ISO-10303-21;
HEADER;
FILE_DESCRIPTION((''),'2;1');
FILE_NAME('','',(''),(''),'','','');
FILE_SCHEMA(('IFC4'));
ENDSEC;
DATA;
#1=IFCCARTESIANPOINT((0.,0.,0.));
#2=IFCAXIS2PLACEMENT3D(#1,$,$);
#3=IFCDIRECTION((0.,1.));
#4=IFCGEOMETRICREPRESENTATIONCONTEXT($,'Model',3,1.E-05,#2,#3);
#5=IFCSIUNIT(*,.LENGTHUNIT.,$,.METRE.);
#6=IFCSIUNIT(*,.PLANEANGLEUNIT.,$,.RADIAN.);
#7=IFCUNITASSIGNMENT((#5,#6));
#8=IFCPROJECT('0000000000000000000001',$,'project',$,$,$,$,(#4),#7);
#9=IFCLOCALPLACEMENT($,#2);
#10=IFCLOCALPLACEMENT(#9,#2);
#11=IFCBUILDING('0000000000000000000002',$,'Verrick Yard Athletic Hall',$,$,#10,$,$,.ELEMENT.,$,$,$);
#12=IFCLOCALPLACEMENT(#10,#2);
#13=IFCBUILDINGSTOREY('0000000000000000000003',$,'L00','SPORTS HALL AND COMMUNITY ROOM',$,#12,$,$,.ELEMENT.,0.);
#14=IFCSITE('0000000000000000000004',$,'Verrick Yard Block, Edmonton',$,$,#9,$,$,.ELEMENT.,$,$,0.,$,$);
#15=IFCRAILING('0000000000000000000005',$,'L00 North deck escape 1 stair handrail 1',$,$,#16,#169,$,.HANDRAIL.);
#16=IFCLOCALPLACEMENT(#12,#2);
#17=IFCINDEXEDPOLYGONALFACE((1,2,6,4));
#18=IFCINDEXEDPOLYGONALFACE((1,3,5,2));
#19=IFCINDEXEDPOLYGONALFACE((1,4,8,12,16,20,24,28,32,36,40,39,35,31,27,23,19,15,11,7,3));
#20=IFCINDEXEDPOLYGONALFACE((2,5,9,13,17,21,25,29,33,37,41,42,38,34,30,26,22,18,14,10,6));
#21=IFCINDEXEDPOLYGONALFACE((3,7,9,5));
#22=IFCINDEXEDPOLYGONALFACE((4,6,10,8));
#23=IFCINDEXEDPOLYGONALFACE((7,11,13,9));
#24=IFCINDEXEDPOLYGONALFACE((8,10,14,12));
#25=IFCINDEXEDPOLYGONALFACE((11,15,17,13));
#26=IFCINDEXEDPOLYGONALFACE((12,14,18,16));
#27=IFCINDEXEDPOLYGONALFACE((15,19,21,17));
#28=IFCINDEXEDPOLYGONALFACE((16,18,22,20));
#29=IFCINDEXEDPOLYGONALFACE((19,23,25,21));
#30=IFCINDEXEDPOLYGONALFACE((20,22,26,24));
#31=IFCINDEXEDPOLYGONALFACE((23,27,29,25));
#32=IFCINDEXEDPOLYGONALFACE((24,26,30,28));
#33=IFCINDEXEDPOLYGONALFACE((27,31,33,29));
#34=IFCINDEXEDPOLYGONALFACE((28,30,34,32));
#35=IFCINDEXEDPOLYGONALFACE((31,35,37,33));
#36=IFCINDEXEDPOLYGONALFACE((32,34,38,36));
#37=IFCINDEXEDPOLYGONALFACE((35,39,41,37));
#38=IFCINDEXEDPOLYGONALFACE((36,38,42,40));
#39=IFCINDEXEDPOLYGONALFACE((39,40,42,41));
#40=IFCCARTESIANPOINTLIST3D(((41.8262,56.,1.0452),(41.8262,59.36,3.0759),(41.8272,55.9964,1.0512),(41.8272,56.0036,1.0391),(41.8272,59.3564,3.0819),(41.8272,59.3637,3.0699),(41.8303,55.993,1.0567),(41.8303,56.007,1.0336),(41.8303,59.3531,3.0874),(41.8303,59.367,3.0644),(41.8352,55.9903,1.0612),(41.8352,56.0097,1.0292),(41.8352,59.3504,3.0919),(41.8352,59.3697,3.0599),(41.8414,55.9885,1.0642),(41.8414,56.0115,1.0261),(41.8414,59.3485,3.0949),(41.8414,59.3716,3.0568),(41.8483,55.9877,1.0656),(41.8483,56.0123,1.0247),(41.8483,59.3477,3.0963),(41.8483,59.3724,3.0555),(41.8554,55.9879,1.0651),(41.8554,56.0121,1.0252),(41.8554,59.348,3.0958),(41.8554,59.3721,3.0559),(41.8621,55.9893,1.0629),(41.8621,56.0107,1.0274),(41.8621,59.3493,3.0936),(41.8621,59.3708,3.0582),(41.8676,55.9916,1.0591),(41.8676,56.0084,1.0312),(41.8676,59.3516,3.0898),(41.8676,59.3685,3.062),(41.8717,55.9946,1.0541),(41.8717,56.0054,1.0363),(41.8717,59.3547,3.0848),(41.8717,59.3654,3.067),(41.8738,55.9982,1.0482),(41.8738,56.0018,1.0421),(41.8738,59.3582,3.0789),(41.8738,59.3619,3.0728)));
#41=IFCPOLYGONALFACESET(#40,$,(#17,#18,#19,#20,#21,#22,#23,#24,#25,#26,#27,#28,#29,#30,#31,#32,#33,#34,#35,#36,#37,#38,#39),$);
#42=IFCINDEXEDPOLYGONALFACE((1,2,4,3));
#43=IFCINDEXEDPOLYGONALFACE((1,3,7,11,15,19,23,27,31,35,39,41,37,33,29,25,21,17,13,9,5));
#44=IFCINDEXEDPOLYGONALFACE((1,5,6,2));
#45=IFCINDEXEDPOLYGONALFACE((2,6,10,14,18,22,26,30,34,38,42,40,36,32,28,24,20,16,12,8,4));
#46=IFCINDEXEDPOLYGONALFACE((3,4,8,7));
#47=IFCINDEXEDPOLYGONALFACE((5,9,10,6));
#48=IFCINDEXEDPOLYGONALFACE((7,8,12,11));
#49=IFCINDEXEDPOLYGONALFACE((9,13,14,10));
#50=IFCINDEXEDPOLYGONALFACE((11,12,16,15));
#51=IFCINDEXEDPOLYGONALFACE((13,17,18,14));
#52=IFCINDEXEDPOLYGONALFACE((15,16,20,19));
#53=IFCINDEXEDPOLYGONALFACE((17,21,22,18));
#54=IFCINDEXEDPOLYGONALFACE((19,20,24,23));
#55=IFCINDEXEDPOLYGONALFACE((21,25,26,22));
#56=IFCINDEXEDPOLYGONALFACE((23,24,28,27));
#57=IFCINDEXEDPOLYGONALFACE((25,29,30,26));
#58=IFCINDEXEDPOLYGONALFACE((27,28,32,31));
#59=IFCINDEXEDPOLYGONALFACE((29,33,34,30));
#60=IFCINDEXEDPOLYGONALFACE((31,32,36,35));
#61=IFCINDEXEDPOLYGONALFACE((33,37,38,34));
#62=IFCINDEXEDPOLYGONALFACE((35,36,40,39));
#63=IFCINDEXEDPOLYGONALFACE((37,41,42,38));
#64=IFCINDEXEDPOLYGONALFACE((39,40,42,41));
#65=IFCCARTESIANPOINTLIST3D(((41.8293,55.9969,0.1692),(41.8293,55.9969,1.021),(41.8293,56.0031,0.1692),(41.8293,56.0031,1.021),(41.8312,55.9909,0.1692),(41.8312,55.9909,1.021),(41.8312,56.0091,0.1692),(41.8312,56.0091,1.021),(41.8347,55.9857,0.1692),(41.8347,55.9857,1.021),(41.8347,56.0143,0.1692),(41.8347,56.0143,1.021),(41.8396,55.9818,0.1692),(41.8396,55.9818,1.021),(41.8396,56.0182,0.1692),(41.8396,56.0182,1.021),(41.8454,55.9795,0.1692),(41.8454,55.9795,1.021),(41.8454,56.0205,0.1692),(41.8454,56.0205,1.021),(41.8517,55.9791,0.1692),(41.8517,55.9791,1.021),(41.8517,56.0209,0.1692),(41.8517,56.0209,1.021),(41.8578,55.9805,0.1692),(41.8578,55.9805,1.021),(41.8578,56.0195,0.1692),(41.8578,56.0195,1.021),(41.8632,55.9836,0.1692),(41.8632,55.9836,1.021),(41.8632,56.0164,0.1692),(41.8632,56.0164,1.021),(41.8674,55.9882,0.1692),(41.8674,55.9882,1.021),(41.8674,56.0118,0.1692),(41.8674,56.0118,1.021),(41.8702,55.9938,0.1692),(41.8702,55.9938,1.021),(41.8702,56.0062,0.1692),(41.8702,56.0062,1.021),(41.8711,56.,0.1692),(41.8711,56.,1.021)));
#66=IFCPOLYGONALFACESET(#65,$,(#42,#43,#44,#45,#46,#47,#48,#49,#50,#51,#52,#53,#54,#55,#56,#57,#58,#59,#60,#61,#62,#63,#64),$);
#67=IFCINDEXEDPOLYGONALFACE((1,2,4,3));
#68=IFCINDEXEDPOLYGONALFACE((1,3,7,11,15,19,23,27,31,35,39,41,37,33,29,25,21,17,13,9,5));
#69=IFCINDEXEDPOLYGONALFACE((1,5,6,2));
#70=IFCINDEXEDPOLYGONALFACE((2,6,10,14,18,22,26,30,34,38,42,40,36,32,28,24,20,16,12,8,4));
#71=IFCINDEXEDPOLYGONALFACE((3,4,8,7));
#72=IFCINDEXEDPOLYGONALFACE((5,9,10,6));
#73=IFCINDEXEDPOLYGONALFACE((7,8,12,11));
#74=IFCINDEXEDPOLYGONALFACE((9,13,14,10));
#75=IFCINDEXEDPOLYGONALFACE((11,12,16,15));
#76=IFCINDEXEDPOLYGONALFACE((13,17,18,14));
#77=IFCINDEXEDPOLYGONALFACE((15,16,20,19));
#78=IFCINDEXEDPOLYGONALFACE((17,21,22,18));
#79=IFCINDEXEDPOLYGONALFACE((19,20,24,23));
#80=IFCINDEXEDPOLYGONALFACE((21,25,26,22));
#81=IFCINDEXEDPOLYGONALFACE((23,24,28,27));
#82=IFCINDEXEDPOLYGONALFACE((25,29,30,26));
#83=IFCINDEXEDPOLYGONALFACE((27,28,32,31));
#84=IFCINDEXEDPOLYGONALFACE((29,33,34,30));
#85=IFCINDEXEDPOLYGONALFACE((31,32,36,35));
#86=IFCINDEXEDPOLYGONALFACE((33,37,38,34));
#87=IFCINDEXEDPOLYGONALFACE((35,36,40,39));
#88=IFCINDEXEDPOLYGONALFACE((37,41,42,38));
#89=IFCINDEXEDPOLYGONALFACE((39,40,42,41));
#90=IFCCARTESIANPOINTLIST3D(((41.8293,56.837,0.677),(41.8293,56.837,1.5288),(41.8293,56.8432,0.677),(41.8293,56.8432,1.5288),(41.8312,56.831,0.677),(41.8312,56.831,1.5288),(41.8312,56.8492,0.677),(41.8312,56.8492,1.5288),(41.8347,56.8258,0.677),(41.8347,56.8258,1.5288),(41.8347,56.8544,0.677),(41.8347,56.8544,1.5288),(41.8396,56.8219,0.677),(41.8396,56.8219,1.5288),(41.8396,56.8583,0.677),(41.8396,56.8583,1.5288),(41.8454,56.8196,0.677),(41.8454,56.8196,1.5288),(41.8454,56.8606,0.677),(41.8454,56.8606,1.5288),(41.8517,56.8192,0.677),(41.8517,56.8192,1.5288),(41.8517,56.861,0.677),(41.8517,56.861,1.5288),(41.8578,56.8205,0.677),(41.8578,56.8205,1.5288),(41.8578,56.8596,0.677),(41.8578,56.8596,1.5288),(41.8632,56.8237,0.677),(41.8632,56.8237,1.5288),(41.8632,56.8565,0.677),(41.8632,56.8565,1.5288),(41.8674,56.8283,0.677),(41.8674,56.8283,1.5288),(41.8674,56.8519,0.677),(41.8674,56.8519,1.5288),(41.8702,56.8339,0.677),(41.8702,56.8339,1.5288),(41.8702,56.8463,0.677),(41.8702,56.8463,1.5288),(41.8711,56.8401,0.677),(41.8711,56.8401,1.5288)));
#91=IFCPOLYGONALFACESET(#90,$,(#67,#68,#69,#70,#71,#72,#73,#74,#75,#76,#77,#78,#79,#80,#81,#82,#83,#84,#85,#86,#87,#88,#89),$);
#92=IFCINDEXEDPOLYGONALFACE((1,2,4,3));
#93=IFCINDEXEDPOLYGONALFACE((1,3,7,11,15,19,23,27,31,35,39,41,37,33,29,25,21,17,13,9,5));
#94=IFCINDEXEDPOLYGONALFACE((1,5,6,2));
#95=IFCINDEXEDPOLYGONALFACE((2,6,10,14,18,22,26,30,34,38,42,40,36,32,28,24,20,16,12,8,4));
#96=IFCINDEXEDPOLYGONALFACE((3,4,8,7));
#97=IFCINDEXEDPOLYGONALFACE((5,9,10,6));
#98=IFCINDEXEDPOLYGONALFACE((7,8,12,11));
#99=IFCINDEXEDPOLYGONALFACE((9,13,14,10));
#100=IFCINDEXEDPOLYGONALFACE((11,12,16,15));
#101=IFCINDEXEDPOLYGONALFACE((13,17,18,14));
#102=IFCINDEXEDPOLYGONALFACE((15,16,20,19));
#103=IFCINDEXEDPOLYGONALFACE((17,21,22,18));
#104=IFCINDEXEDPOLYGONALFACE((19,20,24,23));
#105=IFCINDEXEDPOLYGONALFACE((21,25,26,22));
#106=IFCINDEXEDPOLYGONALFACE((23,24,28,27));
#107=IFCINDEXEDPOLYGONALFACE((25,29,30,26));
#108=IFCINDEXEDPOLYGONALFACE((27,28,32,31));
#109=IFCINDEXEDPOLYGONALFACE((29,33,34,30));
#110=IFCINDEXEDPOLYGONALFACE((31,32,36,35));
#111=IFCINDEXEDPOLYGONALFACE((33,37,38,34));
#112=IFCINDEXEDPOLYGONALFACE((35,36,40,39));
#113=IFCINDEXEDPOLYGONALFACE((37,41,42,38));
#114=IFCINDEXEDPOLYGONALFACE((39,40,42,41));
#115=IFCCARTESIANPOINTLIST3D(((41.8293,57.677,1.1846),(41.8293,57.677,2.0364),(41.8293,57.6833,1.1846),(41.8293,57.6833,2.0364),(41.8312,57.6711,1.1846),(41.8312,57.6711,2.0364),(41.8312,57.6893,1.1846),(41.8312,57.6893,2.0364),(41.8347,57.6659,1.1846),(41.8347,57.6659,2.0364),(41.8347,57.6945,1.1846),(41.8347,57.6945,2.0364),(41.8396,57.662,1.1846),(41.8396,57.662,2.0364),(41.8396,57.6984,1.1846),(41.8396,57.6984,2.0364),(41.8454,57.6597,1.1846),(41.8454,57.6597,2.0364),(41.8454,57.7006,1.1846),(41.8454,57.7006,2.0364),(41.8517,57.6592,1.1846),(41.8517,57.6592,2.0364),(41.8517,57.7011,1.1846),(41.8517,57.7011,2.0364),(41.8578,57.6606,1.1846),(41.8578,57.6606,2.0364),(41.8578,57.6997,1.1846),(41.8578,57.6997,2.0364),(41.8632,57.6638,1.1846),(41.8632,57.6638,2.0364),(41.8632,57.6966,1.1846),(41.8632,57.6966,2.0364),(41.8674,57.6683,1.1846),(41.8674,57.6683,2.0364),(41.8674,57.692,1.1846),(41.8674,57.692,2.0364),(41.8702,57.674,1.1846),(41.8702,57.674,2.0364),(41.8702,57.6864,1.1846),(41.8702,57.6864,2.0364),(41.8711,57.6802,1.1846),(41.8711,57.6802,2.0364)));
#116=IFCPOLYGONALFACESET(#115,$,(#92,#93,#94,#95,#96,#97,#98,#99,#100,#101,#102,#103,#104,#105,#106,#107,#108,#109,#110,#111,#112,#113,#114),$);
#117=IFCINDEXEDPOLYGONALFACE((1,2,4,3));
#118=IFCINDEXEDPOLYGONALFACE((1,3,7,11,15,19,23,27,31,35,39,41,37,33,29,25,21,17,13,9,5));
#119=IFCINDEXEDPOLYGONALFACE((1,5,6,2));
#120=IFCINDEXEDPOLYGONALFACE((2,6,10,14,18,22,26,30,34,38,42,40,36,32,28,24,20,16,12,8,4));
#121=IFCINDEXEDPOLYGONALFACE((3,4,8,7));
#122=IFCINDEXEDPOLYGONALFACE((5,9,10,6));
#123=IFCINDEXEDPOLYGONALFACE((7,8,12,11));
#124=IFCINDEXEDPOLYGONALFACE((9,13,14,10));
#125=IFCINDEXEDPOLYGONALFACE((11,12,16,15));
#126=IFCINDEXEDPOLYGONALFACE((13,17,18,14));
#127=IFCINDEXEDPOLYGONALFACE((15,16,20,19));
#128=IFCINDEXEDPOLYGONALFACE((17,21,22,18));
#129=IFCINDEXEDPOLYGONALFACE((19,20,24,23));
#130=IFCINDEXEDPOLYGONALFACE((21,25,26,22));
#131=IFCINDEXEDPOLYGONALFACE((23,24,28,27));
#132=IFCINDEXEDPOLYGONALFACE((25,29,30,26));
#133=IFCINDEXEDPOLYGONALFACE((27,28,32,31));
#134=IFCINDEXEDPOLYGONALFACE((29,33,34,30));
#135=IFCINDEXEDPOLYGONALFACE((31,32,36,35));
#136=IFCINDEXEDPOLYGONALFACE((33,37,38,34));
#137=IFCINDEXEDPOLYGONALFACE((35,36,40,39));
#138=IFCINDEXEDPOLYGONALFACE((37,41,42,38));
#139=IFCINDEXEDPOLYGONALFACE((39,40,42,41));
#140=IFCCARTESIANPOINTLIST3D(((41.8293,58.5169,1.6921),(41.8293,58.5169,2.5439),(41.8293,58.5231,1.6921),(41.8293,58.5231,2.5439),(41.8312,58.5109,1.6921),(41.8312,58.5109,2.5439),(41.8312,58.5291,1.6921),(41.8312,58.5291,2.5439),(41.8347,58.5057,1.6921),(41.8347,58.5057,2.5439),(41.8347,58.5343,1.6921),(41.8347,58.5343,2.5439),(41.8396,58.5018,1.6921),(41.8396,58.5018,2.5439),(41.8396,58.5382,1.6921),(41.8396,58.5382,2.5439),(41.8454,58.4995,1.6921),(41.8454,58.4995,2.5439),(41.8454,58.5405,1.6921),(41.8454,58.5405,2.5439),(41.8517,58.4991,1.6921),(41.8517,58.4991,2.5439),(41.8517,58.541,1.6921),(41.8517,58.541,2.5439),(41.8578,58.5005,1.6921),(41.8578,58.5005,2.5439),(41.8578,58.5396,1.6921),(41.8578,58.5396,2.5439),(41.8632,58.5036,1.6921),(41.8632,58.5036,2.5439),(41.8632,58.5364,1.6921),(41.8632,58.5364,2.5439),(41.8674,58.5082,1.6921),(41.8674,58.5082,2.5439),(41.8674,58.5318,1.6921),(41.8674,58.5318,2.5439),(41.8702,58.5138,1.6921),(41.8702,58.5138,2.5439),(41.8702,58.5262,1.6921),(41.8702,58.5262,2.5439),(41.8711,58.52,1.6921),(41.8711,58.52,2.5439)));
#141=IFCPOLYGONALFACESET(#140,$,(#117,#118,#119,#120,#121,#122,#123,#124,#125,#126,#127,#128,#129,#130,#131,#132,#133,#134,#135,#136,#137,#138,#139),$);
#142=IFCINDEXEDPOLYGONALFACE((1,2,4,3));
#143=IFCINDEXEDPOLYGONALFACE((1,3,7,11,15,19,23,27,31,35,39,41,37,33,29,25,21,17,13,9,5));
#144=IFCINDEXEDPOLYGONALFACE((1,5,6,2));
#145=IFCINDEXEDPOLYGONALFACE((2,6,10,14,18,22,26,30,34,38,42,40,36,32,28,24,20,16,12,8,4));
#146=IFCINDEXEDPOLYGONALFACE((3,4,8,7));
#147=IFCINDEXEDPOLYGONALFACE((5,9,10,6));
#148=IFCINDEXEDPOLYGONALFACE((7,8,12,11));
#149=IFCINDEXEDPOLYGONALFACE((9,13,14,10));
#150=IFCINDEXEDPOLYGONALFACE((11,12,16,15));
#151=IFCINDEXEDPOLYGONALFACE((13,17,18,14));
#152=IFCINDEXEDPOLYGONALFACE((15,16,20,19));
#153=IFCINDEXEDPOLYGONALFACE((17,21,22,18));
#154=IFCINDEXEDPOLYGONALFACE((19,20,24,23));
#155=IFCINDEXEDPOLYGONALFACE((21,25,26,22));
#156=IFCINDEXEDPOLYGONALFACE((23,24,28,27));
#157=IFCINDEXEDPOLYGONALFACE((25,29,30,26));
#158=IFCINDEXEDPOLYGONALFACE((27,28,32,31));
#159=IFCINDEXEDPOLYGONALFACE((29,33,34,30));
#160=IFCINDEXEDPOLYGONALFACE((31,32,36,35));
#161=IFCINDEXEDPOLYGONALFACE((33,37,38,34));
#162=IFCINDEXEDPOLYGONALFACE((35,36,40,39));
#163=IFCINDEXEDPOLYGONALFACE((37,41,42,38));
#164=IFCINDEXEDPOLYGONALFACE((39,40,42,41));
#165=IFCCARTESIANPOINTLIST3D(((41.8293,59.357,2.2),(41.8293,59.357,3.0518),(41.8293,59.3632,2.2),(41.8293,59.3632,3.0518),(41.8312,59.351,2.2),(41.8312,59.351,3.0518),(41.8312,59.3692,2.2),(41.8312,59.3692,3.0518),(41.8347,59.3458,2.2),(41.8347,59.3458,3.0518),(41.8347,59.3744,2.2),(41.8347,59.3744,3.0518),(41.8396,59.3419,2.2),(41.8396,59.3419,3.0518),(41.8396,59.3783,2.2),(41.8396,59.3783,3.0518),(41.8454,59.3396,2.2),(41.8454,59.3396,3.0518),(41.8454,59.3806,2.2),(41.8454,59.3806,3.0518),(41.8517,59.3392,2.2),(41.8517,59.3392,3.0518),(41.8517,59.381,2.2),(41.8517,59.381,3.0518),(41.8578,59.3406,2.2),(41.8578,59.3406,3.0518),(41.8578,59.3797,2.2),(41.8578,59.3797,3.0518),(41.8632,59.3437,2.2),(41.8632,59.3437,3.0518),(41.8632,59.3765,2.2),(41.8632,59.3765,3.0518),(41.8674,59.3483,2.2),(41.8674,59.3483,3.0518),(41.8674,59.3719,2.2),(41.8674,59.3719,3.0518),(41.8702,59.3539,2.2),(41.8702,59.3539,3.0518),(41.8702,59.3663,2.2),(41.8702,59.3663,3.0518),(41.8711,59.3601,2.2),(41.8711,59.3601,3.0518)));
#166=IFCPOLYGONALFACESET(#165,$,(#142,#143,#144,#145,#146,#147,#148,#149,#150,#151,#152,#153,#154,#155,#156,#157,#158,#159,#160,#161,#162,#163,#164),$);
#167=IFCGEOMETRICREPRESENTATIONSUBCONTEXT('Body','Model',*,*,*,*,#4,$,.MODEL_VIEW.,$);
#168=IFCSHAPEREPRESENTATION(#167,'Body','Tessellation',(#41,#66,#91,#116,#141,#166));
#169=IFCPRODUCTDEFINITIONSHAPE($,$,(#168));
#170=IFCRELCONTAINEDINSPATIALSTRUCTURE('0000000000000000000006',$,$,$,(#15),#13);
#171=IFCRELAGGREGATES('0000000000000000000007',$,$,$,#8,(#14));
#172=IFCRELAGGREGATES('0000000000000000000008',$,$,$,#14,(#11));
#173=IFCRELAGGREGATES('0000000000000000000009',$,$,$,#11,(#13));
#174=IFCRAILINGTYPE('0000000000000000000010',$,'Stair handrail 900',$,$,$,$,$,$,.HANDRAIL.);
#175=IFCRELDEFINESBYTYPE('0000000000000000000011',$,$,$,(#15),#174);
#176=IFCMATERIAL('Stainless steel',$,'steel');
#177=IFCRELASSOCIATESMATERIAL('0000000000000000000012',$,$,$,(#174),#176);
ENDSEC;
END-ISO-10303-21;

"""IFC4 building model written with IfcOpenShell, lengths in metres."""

from ifc_helpers import new_model, si_unit, direction, frame, origin, origin_2d, place, context, subcontext, project, spatial, circle, extrude, material, type_object, element, save


model = new_model("IFC4")

# Units and contexts
model_context = context("Model", 3, precision=1e-05, world=origin(), true_north=direction((0.0, 1.0)))
body_context = subcontext(model_context, "Body", "Model", "MODEL_VIEW")
ifc_project = project(units=[si_unit("LENGTHUNIT", "METRE"), si_unit("PLANEANGLEUNIT", "RADIAN")], contexts=[model_context])

# Site, building, storey
site_placement = place(None, origin())
site = spatial("IfcSite", under=ifc_project, at=site_placement, Name="Verrick Yard Block, Edmonton", CompositionType="ELEMENT", RefElevation=0.0)
building_placement = place(site_placement, origin())
building = spatial("IfcBuilding", under=site, at=building_placement, Name="Verrick Yard Athletic Hall", CompositionType="ELEMENT")
storey_placement = place(building_placement, origin())
storey = spatial("IfcBuildingStorey", under=building, at=storey_placement, Name="L00", Description="SPORTS HALL AND COMMUNITY ROOM", CompositionType="ELEMENT", Elevation=0.0)

# Railing
ifc_material_1 = material(Name="Stainless steel", Category="steel")
railing_type_1 = type_object("IfcRailingType", Name="Stair handrail 900", PredefinedType="HANDRAIL", material=ifc_material_1)
railing_1_placement = place(storey_placement, frame((41.8501, 56.0, 0.1692)))
element("IfcRailing", 1, at=railing_1_placement, inside=storey, type_object=railing_type_1, Name="L00 North deck escape 1 stair handrail 1", PredefinedType="HANDRAIL", context=body_context, shape_type="SweptSolid", body=[
    extrude(circle(Radius=0.0239, at=origin_2d()), frame((0.0, 0.0, 0.876), z_axis=(0.0, 0.855837, 0.517246), x_axis=(-1.0, 0.0, 0.0)), (0.0, 0.0, 1.0), 3.926),
    extrude(circle(Radius=0.021, at=origin_2d()), origin(), (0.0, 0.0, 1.0), 0.8518),
    extrude(circle(Radius=0.021, at=origin_2d()), frame((0.0, 0.8401, 0.5078)), (0.0, 0.0, 1.0), 0.8518),
    extrude(circle(Radius=0.021, at=origin_2d()), frame((0.0, 1.6802, 1.0154)), (0.0, 0.0, 1.0), 0.8518),
    extrude(circle(Radius=0.021, at=origin_2d()), frame((0.0, 2.52, 1.5229)), (0.0, 0.0, 1.0), 0.8518),
    extrude(circle(Radius=0.021, at=origin_2d()), frame((0.0, 3.3601, 2.0308)), (0.0, 0.0, 1.0), 0.8518),
])

save(model, "model.ifc")
